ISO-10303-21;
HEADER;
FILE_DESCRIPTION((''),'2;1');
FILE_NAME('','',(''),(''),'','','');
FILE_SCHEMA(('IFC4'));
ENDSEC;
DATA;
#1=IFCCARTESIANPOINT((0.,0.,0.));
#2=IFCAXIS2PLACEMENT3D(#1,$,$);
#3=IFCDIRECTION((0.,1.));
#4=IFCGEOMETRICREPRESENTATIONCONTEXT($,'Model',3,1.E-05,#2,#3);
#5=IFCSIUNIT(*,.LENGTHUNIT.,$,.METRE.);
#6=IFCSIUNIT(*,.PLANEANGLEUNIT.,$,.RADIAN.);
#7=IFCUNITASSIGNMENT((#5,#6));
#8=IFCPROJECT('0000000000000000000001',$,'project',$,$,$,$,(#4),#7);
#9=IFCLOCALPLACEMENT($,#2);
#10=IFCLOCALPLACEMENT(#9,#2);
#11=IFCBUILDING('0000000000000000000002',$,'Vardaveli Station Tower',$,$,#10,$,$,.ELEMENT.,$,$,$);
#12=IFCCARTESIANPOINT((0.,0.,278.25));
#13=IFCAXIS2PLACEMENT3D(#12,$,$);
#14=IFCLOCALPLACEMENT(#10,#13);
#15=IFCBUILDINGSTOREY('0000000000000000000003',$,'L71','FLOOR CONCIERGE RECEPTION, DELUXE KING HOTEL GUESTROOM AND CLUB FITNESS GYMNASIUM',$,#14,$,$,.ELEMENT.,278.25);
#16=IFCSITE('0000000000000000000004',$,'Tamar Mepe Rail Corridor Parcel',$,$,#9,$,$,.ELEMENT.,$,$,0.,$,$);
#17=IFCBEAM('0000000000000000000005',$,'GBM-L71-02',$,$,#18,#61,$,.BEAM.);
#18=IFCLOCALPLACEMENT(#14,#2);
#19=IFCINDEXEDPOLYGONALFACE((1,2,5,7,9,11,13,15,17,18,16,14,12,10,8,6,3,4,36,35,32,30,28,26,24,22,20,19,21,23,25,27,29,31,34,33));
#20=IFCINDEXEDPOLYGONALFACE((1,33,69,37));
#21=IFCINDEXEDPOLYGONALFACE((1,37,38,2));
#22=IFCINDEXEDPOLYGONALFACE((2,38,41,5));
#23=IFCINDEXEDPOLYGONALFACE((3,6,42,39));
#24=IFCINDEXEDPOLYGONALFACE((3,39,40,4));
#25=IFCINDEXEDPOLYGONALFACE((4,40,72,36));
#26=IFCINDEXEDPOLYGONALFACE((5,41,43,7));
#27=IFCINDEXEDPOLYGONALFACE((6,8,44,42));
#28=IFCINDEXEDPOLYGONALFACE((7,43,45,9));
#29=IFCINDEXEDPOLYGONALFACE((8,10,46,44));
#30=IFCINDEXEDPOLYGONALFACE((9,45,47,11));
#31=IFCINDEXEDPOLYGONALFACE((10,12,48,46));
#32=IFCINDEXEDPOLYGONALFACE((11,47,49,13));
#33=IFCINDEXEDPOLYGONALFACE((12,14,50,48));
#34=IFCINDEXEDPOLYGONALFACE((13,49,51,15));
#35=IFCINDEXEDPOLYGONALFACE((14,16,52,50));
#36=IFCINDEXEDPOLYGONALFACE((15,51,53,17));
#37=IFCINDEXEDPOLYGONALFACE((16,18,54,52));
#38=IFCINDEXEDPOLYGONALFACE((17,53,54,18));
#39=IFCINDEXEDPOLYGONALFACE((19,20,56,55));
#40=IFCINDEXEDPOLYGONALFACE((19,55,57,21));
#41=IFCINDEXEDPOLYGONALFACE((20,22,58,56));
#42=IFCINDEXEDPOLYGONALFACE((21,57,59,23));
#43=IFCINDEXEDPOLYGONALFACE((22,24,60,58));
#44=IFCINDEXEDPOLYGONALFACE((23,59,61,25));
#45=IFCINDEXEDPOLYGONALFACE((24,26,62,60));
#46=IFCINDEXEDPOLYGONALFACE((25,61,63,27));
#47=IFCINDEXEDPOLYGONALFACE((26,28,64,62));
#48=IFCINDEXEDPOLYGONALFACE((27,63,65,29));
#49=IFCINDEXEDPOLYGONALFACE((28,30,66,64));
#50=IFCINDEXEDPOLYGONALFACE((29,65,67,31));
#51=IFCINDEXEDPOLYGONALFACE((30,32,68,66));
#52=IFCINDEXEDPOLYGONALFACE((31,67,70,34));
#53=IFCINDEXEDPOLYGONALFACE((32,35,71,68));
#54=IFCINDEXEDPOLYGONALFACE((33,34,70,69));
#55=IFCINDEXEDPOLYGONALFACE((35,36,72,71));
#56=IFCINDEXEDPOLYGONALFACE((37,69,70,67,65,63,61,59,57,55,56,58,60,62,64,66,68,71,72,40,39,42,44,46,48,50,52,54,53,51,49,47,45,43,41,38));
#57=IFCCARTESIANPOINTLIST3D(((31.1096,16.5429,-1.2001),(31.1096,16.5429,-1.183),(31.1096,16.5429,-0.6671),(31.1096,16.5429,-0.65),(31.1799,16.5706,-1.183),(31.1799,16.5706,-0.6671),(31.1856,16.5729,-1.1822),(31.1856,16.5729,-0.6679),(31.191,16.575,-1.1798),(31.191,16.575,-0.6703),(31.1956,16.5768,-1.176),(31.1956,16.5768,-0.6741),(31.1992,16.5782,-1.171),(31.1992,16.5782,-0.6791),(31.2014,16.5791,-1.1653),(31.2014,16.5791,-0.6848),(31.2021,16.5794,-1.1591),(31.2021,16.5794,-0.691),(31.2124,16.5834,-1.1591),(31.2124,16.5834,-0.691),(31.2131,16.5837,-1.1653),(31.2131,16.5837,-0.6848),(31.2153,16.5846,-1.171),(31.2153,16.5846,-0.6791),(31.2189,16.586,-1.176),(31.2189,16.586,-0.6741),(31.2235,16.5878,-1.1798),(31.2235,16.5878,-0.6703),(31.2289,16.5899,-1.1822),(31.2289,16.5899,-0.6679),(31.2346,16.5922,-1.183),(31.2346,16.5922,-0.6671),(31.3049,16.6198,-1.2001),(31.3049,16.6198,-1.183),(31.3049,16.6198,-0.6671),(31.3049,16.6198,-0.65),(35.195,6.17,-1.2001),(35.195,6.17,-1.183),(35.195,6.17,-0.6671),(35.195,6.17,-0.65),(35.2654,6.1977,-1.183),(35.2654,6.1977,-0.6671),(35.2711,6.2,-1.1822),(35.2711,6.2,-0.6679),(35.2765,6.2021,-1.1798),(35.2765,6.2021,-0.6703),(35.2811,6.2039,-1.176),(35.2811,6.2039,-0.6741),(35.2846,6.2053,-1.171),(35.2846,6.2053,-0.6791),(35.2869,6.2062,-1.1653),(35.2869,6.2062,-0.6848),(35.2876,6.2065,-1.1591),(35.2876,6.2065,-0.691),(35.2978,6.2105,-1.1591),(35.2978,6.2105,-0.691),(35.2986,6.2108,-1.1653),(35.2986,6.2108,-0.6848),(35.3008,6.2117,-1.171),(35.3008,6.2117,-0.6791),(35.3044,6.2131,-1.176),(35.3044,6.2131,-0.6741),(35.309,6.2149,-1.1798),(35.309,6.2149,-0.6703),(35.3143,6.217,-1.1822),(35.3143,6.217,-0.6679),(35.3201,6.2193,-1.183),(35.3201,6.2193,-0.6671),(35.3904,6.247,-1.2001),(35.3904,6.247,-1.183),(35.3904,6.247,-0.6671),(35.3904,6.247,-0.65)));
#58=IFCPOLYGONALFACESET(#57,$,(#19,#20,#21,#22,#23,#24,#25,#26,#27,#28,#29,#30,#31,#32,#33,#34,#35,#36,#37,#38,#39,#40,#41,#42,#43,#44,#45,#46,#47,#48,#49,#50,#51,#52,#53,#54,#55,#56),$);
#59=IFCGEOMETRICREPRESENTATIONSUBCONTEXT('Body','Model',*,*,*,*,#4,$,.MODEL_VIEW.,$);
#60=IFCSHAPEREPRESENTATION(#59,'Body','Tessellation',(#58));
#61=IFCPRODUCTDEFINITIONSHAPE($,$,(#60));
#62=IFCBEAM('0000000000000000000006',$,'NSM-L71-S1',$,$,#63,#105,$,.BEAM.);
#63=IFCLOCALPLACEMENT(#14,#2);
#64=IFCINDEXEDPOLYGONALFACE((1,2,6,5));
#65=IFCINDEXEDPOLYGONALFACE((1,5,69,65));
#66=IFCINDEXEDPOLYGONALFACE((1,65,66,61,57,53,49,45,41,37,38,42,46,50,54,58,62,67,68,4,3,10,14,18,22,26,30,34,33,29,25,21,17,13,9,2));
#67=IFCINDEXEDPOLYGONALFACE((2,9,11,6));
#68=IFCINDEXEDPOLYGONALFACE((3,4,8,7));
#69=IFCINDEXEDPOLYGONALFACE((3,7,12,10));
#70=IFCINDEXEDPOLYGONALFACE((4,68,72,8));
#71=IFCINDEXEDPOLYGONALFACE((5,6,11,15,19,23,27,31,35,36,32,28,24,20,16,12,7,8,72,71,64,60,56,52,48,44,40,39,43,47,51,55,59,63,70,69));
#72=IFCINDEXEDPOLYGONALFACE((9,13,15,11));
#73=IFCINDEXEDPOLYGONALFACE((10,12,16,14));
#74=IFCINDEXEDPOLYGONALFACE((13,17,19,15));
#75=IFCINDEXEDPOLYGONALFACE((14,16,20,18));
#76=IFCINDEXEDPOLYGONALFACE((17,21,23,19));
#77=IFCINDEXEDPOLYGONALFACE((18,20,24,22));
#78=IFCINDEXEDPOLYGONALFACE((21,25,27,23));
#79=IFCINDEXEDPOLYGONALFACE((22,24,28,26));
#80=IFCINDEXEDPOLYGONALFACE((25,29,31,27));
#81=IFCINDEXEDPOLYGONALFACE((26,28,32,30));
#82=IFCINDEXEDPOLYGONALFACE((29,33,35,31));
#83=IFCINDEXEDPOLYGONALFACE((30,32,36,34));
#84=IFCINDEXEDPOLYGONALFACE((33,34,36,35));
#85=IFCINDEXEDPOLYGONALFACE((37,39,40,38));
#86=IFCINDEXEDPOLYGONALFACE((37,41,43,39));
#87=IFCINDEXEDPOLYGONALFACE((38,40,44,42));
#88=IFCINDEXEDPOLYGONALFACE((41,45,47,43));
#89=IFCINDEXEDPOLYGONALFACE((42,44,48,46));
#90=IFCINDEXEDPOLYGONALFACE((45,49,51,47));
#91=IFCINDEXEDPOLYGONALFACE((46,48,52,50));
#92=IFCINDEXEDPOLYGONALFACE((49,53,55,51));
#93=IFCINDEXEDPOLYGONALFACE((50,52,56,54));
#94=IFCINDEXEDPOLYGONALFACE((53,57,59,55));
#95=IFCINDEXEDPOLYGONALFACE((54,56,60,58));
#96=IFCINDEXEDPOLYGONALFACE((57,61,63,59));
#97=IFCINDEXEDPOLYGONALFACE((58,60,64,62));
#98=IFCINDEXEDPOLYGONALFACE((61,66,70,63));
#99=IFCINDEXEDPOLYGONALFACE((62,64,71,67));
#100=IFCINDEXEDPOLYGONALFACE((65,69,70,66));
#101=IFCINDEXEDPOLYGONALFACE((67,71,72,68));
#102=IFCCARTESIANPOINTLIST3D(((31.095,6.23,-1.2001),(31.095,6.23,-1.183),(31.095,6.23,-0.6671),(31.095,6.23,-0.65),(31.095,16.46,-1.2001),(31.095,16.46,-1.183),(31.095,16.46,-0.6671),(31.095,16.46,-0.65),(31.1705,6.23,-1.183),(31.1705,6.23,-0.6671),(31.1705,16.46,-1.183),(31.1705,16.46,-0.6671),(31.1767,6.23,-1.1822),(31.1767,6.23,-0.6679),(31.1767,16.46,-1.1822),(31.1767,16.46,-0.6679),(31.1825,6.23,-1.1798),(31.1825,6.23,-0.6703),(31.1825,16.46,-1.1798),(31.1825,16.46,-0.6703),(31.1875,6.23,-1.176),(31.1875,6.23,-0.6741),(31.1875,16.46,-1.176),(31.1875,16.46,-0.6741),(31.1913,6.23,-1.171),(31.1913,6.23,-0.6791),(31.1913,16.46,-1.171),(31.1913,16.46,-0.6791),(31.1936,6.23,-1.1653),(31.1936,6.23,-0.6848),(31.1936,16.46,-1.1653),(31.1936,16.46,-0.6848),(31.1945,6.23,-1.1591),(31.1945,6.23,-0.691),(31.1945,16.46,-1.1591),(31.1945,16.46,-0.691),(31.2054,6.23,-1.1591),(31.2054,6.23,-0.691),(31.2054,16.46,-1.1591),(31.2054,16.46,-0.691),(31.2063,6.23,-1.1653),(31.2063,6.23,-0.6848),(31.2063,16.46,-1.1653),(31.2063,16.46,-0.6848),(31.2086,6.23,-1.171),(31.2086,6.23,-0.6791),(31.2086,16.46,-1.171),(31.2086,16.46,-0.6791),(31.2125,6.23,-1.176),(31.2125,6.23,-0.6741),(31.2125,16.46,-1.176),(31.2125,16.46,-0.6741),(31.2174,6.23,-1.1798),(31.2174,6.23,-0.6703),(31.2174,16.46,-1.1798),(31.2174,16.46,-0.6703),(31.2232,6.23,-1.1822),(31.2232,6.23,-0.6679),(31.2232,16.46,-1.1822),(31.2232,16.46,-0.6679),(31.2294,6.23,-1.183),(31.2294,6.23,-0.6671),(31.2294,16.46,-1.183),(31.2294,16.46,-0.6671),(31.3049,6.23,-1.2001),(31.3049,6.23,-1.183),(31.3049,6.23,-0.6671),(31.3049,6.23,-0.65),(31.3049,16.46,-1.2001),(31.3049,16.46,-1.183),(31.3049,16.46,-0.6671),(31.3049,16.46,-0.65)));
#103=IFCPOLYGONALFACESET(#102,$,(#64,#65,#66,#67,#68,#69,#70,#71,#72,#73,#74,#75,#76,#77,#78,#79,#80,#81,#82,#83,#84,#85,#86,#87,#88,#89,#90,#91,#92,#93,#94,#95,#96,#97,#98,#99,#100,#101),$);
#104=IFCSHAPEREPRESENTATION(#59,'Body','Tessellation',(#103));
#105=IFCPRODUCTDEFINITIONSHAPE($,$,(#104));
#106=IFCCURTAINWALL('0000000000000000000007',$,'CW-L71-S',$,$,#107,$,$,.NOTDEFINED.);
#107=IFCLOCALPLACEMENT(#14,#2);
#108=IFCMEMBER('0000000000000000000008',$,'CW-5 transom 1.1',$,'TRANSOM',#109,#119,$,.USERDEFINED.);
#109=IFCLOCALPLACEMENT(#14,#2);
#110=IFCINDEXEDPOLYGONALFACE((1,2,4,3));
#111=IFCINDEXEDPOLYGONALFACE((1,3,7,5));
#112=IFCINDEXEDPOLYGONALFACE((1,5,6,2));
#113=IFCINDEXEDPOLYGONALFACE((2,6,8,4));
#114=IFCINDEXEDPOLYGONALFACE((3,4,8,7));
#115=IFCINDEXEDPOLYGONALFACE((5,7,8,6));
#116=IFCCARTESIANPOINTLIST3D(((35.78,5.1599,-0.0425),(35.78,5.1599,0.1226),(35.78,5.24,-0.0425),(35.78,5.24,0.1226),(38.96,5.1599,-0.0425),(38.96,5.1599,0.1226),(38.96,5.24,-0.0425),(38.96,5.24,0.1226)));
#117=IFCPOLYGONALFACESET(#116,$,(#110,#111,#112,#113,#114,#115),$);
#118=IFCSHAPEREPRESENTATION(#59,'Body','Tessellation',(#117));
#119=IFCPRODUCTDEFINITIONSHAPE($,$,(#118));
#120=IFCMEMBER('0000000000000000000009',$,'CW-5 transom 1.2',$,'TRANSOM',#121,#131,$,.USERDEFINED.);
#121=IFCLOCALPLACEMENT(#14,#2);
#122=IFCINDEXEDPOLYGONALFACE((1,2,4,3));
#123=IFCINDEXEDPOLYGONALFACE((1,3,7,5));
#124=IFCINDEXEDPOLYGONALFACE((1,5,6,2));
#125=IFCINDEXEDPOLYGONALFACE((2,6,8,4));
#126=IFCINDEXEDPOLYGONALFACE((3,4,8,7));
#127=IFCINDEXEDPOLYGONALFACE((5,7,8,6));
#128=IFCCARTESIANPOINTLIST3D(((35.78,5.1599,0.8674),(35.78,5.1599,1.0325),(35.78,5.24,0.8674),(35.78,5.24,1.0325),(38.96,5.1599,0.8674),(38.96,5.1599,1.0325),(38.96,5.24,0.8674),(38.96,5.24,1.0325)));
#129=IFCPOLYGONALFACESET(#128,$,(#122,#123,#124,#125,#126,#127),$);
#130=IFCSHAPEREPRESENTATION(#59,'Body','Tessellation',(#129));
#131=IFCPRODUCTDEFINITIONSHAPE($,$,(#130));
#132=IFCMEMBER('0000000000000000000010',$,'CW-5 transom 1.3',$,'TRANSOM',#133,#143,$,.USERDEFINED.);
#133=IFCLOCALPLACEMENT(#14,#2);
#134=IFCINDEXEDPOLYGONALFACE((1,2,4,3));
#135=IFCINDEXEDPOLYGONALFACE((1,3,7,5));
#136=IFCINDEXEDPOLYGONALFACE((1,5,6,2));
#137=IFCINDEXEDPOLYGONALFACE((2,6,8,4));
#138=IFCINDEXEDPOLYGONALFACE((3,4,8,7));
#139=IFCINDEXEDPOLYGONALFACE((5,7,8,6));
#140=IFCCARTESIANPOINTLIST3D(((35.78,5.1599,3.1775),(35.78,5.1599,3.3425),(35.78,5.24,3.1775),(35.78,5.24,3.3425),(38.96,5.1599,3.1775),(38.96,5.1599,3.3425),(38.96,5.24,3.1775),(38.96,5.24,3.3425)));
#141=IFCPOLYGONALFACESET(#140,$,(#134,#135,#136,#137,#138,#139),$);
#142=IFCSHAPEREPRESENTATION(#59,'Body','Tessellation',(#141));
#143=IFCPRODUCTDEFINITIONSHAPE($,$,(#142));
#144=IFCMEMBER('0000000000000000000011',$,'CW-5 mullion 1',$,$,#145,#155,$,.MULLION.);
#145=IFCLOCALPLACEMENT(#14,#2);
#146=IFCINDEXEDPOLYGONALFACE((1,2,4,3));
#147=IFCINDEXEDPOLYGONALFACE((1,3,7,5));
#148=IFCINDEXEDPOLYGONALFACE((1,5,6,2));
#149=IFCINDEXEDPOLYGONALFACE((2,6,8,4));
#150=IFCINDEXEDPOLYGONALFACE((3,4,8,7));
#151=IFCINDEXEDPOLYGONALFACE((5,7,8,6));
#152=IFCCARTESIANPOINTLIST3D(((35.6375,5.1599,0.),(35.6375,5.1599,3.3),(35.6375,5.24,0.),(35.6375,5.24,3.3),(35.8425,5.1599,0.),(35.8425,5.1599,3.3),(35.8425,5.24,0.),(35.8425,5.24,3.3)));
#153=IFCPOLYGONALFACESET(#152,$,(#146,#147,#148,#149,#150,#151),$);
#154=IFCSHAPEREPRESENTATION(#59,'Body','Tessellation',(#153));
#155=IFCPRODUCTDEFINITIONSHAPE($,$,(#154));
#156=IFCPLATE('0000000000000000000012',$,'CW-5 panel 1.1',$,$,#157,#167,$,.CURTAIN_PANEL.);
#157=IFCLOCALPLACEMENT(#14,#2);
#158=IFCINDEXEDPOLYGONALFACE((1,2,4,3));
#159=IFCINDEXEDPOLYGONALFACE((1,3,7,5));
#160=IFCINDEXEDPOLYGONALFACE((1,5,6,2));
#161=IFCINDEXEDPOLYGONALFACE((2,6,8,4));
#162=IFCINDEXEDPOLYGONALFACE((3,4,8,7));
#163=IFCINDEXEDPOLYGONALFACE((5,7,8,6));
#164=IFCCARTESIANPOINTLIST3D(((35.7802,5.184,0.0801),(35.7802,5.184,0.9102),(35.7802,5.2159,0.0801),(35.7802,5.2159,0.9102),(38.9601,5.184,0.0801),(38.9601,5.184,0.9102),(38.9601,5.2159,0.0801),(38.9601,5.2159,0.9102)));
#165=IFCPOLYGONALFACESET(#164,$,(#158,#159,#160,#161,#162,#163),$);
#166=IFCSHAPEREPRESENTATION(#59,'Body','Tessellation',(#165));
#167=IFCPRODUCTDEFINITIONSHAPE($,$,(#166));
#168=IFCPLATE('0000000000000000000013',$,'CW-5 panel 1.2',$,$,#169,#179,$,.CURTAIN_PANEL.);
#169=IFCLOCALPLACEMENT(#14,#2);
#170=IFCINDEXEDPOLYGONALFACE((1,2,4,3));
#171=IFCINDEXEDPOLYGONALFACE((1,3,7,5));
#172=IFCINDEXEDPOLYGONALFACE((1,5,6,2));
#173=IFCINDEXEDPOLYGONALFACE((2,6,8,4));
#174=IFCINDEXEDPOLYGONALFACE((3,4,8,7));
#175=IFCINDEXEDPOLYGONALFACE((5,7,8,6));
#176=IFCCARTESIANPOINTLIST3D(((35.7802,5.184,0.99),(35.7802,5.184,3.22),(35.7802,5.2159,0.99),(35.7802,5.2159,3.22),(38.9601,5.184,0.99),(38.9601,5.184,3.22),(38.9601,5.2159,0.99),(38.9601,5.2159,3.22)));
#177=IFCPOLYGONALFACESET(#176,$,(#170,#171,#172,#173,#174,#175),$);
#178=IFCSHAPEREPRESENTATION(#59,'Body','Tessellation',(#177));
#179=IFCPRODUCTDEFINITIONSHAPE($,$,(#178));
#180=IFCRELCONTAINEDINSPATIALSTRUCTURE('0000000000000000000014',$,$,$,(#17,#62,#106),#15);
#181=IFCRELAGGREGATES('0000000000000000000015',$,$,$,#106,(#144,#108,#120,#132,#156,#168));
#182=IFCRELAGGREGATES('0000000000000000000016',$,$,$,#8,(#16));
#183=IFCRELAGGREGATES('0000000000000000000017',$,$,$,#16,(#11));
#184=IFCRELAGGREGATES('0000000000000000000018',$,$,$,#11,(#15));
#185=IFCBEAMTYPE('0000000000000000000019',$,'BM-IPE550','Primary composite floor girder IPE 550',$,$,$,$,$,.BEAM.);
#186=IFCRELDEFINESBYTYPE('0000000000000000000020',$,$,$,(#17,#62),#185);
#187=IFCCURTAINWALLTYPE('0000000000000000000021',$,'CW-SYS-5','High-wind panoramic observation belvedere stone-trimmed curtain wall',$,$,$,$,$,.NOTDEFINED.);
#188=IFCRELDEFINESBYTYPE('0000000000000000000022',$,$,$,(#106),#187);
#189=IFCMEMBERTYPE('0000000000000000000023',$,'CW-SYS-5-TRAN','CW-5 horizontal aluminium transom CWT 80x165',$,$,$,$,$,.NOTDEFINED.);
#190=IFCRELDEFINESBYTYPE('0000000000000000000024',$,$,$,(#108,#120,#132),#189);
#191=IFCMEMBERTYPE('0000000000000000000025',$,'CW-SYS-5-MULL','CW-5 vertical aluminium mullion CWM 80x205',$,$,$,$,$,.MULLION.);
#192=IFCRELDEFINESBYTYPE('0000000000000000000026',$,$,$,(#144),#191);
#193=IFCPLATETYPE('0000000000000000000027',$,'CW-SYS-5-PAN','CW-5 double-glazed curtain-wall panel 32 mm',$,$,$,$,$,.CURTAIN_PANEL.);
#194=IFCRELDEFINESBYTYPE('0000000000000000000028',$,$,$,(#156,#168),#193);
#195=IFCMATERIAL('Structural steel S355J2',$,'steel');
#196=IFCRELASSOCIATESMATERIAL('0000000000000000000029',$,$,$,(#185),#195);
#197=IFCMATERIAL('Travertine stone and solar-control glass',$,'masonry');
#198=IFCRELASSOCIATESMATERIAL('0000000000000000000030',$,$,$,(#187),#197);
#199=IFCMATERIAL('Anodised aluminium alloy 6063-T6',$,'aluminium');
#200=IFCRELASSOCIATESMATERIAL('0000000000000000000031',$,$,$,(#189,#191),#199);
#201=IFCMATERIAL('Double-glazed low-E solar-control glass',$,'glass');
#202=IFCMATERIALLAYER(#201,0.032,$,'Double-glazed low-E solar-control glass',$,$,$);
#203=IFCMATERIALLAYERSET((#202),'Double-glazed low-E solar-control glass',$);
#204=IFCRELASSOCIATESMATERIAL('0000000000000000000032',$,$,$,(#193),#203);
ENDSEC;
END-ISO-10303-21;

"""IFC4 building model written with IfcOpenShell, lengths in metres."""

from ifc_helpers import new_model, si_unit, direction, frame, origin, origin_2d, place, context, subcontext, project, spatial, rectangle, i_section, extrude, source, transform, mapped, material, layer, layer_set, material_profile, profile_set, type_object, element, aggregate, save


model = new_model("IFC4")

# Units and contexts
model_context = context("Model", 3, precision=1e-05, world=origin(), true_north=direction((0.0, 1.0)))
body_context = subcontext(model_context, "Body", "Model", "MODEL_VIEW")
ifc_project = project(units=[si_unit("LENGTHUNIT", "METRE"), si_unit("PLANEANGLEUNIT", "RADIAN")], contexts=[model_context])

# Site, building, storey
site_placement = place(None, origin())
site = spatial("IfcSite", under=ifc_project, at=site_placement, Name="Tamar Mepe Rail Corridor Parcel", CompositionType="ELEMENT", RefElevation=0.0)
building_placement = place(site_placement, origin())
building = spatial("IfcBuilding", under=site, at=building_placement, Name="Vardaveli Station Tower", CompositionType="ELEMENT")
storey_placement = place(building_placement, frame((0.0, 0.0, 278.25)))
storey = spatial("IfcBuildingStorey", under=building, at=storey_placement, Name="L71", Description="FLOOR CONCIERGE RECEPTION, DELUXE KING HOTEL GUESTROOM AND CLUB FITNESS GYMNASIUM", CompositionType="ELEMENT", Elevation=278.25)

# Beams
ifc_material_1 = material(Name="Structural steel S355J2", Category="steel")
ifc_material_profile_1 = material_profile(ifc_material_1, i_section(OverallWidth=0.21, OverallDepth=0.55, WebThickness=0.011, FlangeThickness=0.0171, FilletRadius=0.0239, at=origin_2d()), Name="IPE 550")
ifc_profile_set_1 = profile_set([ifc_material_profile_1], Name="Structural steel S355J2")
beam_type_1 = type_object("IfcBeamType", Name="BM-IPE550", Description="Primary composite floor girder IPE 550", PredefinedType="BEAM", material=ifc_profile_set_1)
shared_shape_1 = source(origin(), body_context, "Body", "SweptSolid", [
    extrude(i_section(OverallWidth=0.21, OverallDepth=0.55, WebThickness=0.011, FlangeThickness=0.0171, FilletRadius=0.0239, at=origin_2d()), origin(), (0.0, 0.0, 1.0), 11.1484),
])
beam_1_placement = place(storey_placement, frame((35.2927, 6.2085, -0.925), z_axis=(-0.366462, 0.930433, 0.0), x_axis=(-0.930433, -0.366462, 0.0)))
element("IfcBeam", 1, at=beam_1_placement, inside=storey, type_object=beam_type_1, Name="GBM-L71-02", PredefinedType="BEAM", context=body_context, shape_type="MappedRepresentation", body=[
    mapped(shared_shape_1, transform((0.0, 0.0, 0.0), scale=1.0)),
])
shared_shape_2 = source(origin(), body_context, "Body", "SweptSolid", [
    extrude(i_section(OverallWidth=0.21, OverallDepth=0.55, WebThickness=0.011, FlangeThickness=0.0171, FilletRadius=0.0239, at=origin_2d()), origin(), (0.0, 0.0, 1.0), 10.23),
])
beam_2_placement = place(storey_placement, frame((31.2, 6.23, -0.925), z_axis=(0.0, 1.0, 0.0), x_axis=(-1.0, 0.0, 0.0)))
element("IfcBeam", 2, at=beam_2_placement, inside=storey, type_object=beam_type_1, Name="NSM-L71-S1", PredefinedType="BEAM", context=body_context, shape_type="MappedRepresentation", body=[
    mapped(shared_shape_2, transform((0.0, 0.0, 0.0), scale=1.0)),
])

# Curtain wall, members, plates
ifc_material_2 = material(Name="Travertine stone and solar-control glass", Category="masonry")
curtain_wall_type = type_object("IfcCurtainWallType", Name="CW-SYS-5", Description="High-wind panoramic observation belvedere stone-trimmed curtain wall", PredefinedType="NOTDEFINED", material=ifc_material_2)
curtain_wall_placement = place(storey_placement, origin())
curtain_wall = element("IfcCurtainWall", 3, at=curtain_wall_placement, inside=storey, type_object=curtain_wall_type, Name="CW-L71-S", PredefinedType="NOTDEFINED")
ifc_material_3 = material(Name="Anodised aluminium alloy 6063-T6", Category="aluminium")
ifc_material_profile_2 = material_profile(ifc_material_3, rectangle(XDim=0.0801, YDim=0.165, at=origin_2d()), Name="CWT 80x165")
ifc_profile_set_2 = profile_set([ifc_material_profile_2], Name="Anodised aluminium alloy 6063-T6")
member_type_1 = type_object("IfcMemberType", Name="CW-SYS-5-TRAN", Description="CW-5 horizontal aluminium transom CWT 80x165", PredefinedType="NOTDEFINED", material=ifc_profile_set_2)
shared_shape_3 = source(origin(), body_context, "Body", "SweptSolid", [
    extrude(rectangle(XDim=0.0801, YDim=0.165, at=origin_2d()), origin(), (0.0, 0.0, 1.0), 3.1799),
])
member_1_placement = place(storey_placement, frame((35.78, 5.2, 0.04), z_axis=(1.0, 0.0, 0.0), x_axis=(0.0, 1.0, 0.0)))
member_1 = element("IfcMember", 4, at=member_1_placement, type_object=member_type_1, Name="CW-5 transom 1.1", ObjectType="TRANSOM", PredefinedType="USERDEFINED", context=body_context, shape_type="MappedRepresentation", body=[
    mapped(shared_shape_3, transform((0.0, 0.0, 0.0), scale=1.0)),
])
member_2_placement = place(storey_placement, frame((35.78, 5.2, 0.95), z_axis=(1.0, 0.0, 0.0), x_axis=(0.0, 1.0, 0.0)))
member_2 = element("IfcMember", 5, at=member_2_placement, type_object=member_type_1, Name="CW-5 transom 1.2", ObjectType="TRANSOM", PredefinedType="USERDEFINED", context=body_context, shape_type="MappedRepresentation", body=[
    mapped(shared_shape_3, transform((0.0, 0.0, 0.0), scale=1.0)),
])
member_3_placement = place(storey_placement, frame((35.78, 5.2, 3.26), z_axis=(1.0, 0.0, 0.0), x_axis=(0.0, 1.0, 0.0)))
member_3 = element("IfcMember", 6, at=member_3_placement, type_object=member_type_1, Name="CW-5 transom 1.3", ObjectType="TRANSOM", PredefinedType="USERDEFINED", context=body_context, shape_type="MappedRepresentation", body=[
    mapped(shared_shape_3, transform((0.0, 0.0, 0.0), scale=1.0)),
])
ifc_material_profile_3 = material_profile(ifc_material_3, rectangle(XDim=0.0801, YDim=0.2051, at=origin_2d()), Name="CWM 80x205")
ifc_profile_set_3 = profile_set([ifc_material_profile_3], Name="Anodised aluminium alloy 6063-T6")
member_type_2 = type_object("IfcMemberType", Name="CW-SYS-5-MULL", Description="CW-5 vertical aluminium mullion CWM 80x205", PredefinedType="MULLION", material=ifc_profile_set_3)
shared_shape_4 = source(origin(), body_context, "Body", "SweptSolid", [
    extrude(rectangle(XDim=0.0801, YDim=0.2051, at=origin_2d()), origin(), (0.0, 0.0, 1.0), 3.3),
])
member_4_placement = place(storey_placement, frame((35.74, 5.2, 0.0), z_axis=(0.0, 0.0, 1.0), x_axis=(0.0, 1.0, 0.0)))
member_4 = element("IfcMember", 7, at=member_4_placement, type_object=member_type_2, Name="CW-5 mullion 1", PredefinedType="MULLION", context=body_context, shape_type="MappedRepresentation", body=[
    mapped(shared_shape_4, transform((0.0, 0.0, 0.0), scale=1.0)),
])
ifc_material_4 = material(Name="Double-glazed low-E solar-control glass", Category="glass")
ifc_layer_1 = layer(ifc_material_4, 0.032, Name="Double-glazed low-E solar-control glass")
ifc_layer_set_1 = layer_set([ifc_layer_1], Name="Double-glazed low-E solar-control glass")
plate_type = type_object("IfcPlateType", Name="CW-SYS-5-PAN", Description="CW-5 double-glazed curtain-wall panel 32 mm", PredefinedType="CURTAIN_PANEL", material=ifc_layer_set_1)
shared_shape_5 = source(origin(), body_context, "Body", "SweptSolid", [
    extrude(rectangle(XDim=3.1799, YDim=0.032, at=origin_2d()), origin(), (0.0, 0.0, 1.0), 0.8301),
])
plate_1_placement = place(storey_placement, frame((37.3701, 5.2, 0.0801), z_axis=(0.0, 0.0, 1.0), x_axis=(1.0, 0.0, 0.0)))
plate_1 = element("IfcPlate", 8, at=plate_1_placement, type_object=plate_type, Name="CW-5 panel 1.1", PredefinedType="CURTAIN_PANEL", context=body_context, shape_type="MappedRepresentation", body=[
    mapped(shared_shape_5, transform((0.0, 0.0, 0.0), scale=1.0)),
])
shared_shape_6 = source(origin(), body_context, "Body", "SweptSolid", [
    extrude(rectangle(XDim=3.1799, YDim=0.032, at=origin_2d()), origin(), (0.0, 0.0, 1.0), 2.23),
])
plate_2_placement = place(storey_placement, frame((37.3701, 5.2, 0.99), z_axis=(0.0, 0.0, 1.0), x_axis=(1.0, 0.0, 0.0)))
plate_2 = element("IfcPlate", 9, at=plate_2_placement, type_object=plate_type, Name="CW-5 panel 1.2", PredefinedType="CURTAIN_PANEL", context=body_context, shape_type="MappedRepresentation", body=[
    mapped(shared_shape_6, transform((0.0, 0.0, 0.0), scale=1.0)),
])
aggregate(curtain_wall, [member_4, member_1, member_2, member_3, plate_1, plate_2])

save(model, "model.ifc")
